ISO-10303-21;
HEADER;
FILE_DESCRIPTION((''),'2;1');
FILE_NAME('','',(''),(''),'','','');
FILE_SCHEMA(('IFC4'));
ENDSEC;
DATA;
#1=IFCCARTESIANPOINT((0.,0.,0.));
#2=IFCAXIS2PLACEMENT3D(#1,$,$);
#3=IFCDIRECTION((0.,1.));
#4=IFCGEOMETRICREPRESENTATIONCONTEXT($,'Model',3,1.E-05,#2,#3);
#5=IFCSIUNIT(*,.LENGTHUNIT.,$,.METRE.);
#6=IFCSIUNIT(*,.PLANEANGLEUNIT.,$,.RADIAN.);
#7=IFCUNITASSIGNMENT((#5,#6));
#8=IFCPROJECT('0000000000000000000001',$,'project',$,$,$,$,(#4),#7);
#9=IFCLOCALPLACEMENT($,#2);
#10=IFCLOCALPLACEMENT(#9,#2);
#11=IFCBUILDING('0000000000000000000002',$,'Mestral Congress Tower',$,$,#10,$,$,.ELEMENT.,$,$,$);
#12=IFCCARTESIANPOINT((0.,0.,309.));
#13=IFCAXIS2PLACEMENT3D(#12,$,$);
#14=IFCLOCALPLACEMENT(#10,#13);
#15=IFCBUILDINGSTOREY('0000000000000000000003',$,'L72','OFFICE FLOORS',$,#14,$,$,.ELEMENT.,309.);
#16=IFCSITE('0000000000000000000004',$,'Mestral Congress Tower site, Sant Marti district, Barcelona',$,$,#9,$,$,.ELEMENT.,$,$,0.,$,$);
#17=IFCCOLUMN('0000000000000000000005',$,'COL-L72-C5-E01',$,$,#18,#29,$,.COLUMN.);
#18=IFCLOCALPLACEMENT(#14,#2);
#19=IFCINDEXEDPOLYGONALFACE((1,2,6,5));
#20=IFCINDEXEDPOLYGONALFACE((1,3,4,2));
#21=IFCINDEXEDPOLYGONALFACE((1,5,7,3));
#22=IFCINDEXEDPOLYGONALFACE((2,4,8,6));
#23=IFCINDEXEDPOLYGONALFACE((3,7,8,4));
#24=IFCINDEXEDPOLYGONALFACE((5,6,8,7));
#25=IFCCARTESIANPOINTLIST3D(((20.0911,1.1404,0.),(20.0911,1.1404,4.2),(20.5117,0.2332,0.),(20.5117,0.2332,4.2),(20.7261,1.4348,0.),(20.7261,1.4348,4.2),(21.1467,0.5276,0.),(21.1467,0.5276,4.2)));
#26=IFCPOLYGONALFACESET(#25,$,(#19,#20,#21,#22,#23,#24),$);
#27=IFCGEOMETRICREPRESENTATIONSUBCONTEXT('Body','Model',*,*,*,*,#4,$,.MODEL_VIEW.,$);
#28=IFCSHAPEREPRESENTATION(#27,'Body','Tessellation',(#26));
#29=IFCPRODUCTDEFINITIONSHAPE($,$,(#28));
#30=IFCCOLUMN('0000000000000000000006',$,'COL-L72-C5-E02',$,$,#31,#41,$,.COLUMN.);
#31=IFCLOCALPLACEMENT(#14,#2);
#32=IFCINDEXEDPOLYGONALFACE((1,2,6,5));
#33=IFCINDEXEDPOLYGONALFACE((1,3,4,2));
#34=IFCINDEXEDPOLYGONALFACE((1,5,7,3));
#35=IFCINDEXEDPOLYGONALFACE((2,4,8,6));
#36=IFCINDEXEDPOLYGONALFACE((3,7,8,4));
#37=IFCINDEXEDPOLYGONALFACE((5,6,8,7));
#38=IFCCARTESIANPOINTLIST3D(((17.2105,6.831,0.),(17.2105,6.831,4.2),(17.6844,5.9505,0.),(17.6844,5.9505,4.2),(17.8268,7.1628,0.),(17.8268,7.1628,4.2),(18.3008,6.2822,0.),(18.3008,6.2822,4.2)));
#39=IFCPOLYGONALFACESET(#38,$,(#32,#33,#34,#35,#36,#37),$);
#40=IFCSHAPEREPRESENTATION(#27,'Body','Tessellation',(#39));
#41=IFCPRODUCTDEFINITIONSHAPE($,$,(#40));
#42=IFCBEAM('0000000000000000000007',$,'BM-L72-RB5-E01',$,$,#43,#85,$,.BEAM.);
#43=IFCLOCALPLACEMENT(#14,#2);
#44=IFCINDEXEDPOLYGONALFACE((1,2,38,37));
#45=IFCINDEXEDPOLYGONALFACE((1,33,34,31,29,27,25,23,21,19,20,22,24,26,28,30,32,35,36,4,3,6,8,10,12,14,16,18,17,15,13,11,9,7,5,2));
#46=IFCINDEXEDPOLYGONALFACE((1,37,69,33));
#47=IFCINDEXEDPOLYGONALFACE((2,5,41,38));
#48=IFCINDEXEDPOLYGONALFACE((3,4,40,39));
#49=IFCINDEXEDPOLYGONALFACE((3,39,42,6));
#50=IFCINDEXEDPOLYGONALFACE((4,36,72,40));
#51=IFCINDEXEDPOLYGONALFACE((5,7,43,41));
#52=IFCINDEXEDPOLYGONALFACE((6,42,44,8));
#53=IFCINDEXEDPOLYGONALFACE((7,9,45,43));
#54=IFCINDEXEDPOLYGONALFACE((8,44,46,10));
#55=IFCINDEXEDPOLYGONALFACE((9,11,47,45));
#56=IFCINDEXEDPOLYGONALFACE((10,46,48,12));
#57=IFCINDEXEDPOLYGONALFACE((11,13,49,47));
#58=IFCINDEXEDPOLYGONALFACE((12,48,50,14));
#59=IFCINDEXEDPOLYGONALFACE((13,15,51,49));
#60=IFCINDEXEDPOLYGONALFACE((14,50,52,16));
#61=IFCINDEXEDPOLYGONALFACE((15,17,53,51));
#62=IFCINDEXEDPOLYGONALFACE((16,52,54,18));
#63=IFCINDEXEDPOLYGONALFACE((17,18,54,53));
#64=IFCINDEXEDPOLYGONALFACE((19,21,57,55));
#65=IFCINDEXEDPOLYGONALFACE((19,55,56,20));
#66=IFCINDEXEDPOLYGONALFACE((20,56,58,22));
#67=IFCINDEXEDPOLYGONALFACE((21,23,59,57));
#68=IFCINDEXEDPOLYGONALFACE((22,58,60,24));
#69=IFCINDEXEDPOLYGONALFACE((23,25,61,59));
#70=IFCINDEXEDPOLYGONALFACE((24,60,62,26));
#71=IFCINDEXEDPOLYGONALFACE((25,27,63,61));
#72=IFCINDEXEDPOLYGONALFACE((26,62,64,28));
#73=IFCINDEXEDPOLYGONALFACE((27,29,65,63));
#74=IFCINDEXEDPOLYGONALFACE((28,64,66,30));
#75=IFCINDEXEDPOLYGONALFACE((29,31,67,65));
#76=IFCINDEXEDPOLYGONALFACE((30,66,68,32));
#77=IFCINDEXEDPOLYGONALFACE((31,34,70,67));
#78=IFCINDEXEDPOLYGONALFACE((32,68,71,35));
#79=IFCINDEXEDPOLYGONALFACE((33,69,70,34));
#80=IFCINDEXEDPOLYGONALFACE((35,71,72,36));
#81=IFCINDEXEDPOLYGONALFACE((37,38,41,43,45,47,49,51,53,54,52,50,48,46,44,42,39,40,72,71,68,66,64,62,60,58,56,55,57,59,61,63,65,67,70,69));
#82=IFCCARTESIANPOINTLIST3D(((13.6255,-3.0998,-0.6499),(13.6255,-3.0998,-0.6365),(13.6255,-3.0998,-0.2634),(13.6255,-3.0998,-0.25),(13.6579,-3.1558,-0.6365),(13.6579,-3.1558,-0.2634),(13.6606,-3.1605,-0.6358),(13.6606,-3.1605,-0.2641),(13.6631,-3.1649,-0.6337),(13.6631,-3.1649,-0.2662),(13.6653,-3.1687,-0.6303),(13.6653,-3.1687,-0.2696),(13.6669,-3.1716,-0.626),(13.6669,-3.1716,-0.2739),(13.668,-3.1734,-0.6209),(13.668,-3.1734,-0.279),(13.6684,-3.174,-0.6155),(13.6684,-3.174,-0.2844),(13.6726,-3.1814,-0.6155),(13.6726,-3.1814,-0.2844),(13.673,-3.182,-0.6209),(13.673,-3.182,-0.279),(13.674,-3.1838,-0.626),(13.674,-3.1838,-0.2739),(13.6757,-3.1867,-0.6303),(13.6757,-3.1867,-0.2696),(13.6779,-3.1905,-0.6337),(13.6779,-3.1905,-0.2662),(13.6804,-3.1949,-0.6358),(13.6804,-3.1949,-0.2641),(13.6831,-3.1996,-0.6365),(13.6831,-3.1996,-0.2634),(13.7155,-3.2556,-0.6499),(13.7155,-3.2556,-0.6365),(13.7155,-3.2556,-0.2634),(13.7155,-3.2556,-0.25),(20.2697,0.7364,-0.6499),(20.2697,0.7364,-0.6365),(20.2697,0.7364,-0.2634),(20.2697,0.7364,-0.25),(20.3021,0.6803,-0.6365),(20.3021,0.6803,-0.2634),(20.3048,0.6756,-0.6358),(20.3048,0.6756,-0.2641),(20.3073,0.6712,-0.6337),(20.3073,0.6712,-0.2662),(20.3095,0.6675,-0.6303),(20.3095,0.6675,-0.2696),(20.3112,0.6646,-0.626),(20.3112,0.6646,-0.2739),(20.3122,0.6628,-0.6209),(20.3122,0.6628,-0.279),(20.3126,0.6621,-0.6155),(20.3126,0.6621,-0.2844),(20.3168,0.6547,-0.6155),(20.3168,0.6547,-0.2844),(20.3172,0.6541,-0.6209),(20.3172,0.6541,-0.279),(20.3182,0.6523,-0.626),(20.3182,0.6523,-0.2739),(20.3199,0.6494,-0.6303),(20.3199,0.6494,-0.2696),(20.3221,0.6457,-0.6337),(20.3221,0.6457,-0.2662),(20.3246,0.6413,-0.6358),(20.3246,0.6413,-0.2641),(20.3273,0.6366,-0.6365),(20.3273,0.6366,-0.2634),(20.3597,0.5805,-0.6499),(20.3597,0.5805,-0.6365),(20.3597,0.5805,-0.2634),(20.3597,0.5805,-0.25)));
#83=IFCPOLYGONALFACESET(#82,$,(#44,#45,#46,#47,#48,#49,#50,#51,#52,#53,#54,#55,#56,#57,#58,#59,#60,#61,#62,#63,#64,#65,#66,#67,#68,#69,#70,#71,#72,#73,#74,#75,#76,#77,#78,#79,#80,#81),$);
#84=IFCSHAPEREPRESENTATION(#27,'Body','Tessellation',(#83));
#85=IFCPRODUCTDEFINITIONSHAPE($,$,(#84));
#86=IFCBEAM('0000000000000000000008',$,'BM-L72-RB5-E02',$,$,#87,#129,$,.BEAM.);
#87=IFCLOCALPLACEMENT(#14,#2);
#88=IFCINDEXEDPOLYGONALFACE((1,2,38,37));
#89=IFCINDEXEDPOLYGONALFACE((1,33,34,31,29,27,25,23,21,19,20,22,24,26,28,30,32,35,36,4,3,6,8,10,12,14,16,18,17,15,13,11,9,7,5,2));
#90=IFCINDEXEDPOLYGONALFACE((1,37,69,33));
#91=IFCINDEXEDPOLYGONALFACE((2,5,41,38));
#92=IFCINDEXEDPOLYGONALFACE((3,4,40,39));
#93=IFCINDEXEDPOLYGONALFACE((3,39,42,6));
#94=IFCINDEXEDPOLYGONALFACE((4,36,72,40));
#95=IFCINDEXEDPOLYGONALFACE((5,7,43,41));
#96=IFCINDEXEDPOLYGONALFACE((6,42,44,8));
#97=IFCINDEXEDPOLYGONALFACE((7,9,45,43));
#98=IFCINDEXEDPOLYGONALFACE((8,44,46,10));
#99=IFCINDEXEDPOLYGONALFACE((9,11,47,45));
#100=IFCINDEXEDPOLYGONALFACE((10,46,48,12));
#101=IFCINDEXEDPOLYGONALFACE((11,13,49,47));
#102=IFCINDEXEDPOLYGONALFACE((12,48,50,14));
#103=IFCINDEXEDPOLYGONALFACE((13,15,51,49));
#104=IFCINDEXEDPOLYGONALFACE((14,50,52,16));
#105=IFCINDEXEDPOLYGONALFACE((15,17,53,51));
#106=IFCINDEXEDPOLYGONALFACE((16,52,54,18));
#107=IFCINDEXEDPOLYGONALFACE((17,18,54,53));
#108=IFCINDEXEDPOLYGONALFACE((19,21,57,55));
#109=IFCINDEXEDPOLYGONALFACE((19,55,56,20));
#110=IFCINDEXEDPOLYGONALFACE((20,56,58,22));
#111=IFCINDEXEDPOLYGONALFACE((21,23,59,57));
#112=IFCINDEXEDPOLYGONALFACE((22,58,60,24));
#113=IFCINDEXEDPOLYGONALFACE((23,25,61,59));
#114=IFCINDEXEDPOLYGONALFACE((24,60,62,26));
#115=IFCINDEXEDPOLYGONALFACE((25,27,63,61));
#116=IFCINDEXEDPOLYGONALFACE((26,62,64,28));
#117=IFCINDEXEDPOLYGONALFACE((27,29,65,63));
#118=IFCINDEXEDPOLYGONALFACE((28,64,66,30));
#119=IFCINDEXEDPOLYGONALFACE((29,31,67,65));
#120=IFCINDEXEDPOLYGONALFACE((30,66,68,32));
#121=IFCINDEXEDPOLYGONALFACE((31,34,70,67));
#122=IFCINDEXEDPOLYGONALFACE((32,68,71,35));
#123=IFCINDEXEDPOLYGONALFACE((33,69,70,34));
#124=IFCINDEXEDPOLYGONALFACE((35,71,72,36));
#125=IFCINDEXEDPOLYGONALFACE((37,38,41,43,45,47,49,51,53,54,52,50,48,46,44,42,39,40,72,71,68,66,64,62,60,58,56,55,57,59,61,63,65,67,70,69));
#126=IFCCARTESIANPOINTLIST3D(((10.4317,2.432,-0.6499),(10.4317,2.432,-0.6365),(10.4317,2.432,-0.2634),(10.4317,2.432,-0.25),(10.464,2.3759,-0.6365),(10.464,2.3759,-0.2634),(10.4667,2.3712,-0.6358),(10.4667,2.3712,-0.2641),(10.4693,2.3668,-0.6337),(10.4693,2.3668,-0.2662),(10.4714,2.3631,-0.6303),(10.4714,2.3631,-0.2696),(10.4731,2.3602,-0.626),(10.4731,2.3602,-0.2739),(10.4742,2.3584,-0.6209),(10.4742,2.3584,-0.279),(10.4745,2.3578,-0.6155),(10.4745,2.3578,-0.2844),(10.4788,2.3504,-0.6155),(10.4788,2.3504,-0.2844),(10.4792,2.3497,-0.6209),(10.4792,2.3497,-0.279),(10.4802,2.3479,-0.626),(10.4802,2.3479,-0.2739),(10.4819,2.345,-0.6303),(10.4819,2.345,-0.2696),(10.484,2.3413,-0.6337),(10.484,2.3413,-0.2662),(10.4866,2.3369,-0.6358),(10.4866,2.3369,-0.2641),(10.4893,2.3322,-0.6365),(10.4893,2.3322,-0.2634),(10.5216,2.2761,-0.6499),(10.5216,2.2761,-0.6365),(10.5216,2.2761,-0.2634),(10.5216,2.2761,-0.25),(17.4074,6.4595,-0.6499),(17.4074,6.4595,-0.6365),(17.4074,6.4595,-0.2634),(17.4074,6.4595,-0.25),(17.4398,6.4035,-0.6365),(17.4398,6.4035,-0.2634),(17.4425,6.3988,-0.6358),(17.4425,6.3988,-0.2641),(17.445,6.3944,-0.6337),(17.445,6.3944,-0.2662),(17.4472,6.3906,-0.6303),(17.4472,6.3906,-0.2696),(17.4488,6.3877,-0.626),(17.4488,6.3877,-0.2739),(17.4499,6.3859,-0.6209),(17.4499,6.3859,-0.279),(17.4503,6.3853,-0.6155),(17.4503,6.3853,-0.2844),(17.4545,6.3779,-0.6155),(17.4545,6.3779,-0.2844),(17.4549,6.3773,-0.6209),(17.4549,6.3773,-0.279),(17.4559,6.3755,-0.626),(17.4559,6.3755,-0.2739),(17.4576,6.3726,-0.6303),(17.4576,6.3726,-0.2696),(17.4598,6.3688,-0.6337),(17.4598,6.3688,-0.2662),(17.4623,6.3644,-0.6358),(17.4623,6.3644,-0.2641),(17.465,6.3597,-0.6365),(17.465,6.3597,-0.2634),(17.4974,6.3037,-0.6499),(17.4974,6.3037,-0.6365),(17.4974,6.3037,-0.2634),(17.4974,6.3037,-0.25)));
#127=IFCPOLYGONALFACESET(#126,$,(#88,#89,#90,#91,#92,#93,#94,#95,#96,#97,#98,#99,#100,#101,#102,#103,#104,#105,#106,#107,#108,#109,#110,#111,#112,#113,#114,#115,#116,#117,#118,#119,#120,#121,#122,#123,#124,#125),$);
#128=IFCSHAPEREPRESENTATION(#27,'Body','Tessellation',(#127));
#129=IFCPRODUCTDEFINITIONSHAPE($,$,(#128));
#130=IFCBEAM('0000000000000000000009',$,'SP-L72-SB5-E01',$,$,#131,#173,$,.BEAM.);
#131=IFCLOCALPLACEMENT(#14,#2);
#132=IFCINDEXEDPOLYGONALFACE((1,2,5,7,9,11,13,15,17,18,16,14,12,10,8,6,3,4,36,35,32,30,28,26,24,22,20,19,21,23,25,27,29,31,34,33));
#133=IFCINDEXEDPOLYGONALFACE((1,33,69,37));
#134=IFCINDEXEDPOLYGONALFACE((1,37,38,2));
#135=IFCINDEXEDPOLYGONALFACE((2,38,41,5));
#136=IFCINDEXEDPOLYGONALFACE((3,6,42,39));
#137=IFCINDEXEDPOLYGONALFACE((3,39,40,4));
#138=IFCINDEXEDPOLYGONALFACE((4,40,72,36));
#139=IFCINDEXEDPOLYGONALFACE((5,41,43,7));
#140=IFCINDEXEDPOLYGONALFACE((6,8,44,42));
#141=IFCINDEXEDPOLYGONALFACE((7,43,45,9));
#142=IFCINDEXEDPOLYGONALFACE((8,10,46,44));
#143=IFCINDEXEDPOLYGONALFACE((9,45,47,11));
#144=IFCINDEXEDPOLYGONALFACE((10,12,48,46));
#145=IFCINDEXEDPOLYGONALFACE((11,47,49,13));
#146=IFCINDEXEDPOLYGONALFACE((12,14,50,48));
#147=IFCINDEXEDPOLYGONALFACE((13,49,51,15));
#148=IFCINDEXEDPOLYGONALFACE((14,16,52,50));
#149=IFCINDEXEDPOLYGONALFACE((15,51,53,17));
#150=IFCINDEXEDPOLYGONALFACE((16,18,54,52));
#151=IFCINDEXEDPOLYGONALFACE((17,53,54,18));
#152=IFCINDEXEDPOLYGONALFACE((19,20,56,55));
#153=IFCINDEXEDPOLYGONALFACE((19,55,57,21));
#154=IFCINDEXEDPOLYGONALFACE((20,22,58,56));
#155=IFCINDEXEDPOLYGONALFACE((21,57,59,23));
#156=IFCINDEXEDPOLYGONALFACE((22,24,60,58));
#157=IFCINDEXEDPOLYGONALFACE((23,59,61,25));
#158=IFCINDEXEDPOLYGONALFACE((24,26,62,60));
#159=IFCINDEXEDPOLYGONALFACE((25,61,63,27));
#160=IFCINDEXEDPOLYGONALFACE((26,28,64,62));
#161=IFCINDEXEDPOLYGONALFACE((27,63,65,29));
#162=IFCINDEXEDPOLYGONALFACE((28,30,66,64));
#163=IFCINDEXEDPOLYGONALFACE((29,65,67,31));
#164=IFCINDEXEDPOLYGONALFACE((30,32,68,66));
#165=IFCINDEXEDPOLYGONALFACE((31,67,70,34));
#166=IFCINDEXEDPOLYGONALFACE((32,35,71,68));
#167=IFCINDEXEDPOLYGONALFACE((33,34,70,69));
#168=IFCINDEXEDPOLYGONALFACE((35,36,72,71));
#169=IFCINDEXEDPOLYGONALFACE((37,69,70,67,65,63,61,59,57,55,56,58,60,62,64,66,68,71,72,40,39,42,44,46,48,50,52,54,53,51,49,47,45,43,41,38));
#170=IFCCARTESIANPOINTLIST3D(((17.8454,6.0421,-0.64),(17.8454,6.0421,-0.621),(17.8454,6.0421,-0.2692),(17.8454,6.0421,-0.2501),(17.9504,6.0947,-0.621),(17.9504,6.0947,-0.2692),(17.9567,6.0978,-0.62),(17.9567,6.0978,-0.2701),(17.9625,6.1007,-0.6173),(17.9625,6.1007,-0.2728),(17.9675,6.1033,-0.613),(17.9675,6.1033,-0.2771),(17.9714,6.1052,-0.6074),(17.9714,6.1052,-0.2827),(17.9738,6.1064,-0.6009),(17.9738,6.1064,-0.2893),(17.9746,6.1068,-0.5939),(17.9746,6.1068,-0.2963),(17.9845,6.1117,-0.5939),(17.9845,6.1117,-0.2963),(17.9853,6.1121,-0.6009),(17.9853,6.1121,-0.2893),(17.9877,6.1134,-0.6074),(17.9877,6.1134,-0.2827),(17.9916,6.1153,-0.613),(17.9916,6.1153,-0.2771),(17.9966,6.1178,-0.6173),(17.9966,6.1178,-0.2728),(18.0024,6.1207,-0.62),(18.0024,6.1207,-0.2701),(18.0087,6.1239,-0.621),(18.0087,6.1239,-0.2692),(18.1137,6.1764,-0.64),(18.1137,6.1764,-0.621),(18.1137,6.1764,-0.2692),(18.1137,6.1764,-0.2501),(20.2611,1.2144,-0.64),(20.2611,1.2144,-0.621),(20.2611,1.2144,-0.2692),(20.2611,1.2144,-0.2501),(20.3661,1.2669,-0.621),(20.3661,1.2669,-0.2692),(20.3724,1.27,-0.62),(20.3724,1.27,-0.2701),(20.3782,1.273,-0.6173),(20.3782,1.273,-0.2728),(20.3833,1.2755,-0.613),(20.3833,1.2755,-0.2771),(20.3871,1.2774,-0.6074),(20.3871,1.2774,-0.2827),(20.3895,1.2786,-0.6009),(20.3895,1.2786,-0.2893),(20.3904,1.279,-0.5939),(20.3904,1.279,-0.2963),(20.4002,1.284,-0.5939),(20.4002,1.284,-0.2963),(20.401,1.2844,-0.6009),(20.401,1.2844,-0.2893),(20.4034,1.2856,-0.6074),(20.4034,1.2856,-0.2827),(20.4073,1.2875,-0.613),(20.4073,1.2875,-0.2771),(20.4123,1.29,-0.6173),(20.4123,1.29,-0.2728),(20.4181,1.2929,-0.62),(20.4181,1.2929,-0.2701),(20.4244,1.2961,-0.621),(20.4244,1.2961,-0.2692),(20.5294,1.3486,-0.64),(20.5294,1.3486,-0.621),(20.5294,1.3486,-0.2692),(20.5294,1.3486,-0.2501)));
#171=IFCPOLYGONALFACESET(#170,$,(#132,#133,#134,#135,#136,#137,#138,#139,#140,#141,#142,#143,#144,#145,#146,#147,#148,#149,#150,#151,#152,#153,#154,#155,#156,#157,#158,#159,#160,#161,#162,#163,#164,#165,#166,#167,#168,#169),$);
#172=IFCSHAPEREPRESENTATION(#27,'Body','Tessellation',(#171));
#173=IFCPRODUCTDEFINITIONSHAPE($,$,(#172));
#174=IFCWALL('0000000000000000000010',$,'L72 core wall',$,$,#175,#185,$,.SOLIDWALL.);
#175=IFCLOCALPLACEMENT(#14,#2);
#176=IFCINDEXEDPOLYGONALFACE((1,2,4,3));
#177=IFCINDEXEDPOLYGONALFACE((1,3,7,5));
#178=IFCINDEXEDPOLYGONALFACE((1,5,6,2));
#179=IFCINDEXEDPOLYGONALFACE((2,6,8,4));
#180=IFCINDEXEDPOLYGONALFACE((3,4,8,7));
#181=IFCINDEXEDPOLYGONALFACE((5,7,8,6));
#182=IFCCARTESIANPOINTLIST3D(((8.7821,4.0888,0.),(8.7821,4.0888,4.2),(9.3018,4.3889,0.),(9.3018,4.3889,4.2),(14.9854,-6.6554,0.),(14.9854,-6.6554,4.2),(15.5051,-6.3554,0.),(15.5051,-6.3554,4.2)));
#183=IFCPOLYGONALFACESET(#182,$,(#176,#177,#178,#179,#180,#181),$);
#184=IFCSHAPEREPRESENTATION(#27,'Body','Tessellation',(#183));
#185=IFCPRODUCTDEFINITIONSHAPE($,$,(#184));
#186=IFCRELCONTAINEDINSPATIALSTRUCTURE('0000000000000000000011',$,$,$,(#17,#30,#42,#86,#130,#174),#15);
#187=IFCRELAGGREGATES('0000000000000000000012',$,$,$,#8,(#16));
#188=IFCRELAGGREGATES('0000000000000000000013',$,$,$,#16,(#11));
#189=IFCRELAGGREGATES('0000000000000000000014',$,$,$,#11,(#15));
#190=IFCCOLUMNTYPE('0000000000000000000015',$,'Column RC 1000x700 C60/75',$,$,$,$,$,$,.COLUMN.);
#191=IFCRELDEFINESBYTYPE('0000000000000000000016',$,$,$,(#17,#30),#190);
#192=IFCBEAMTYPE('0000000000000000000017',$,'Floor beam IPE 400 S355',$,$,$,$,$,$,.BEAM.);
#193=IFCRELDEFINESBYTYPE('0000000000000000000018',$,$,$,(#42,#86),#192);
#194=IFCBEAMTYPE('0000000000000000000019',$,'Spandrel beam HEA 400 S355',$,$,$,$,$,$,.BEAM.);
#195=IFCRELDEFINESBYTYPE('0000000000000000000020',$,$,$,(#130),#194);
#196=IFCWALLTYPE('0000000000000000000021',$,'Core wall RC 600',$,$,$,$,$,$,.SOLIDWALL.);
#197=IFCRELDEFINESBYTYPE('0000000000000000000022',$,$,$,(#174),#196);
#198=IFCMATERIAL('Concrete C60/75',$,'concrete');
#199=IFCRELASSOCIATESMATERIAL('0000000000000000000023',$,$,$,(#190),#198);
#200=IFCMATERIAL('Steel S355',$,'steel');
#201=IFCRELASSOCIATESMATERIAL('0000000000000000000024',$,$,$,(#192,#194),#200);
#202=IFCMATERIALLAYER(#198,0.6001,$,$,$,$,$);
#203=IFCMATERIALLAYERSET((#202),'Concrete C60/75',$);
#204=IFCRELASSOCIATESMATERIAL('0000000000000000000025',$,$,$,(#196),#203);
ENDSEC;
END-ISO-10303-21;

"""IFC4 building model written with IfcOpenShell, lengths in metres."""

from ifc_helpers import new_model, si_unit, direction, frame, frame_2d, origin, origin_2d, place, context, subcontext, project, spatial, rectangle, i_section, extrude, material, layer, layer_set, material_profile, profile_set, type_object, element, save


model = new_model("IFC4")

# Units and contexts
model_context = context("Model", 3, precision=1e-05, world=origin(), true_north=direction((0.0, 1.0)))
body_context = subcontext(model_context, "Body", "Model", "MODEL_VIEW")
ifc_project = project(units=[si_unit("LENGTHUNIT", "METRE"), si_unit("PLANEANGLEUNIT", "RADIAN")], contexts=[model_context])

# Site, building, storey
site_placement = place(None, origin())
site = spatial("IfcSite", under=ifc_project, at=site_placement, Name="Mestral Congress Tower site, Sant Marti district, Barcelona", CompositionType="ELEMENT", RefElevation=0.0)
building_placement = place(site_placement, origin())
building = spatial("IfcBuilding", under=site, at=building_placement, Name="Mestral Congress Tower", CompositionType="ELEMENT")
storey_placement = place(building_placement, frame((0.0, 0.0, 309.0)))
storey = spatial("IfcBuildingStorey", under=building, at=storey_placement, Name="L72", Description="OFFICE FLOORS", CompositionType="ELEMENT", Elevation=309.0)

# Columns
ifc_material_1 = material(Name="Concrete C60/75", Category="concrete")
ifc_material_profile_1 = material_profile(ifc_material_1, rectangle(XDim=1.0, YDim=0.7, at=origin_2d()), Name="RC 1000x700")
ifc_profile_set_1 = profile_set([ifc_material_profile_1], Name="Concrete C60/75")
column_type = type_object("IfcColumnType", Name="Column RC 1000x700 C60/75", PredefinedType="COLUMN", material=ifc_profile_set_1)
for number, where, z_axis, x_axis, name in (
    (1, (20.6189, 0.834, 0.0), (0.0, 0.0, 1.0), (-0.420596, 0.907248, 0.0), "COL-L72-C5-E01"),
    (2, (17.7556, 6.5566, 0.0), (0.0, 0.0, 1.0), (-0.473945, 0.880554, 0.0), "COL-L72-C5-E02"),
):
    element("IfcColumn", number, at=place(storey_placement, frame(where, z_axis=z_axis, x_axis=x_axis)), inside=storey, type_object=column_type, Name=name, PredefinedType="COLUMN", context=body_context, shape_type="SweptSolid", body=[
        extrude(rectangle(XDim=1.0, YDim=0.7, at=origin_2d()), origin(), (0.0, 0.0, 1.0), 4.2),
    ])

# Beams
ifc_material_2 = material(Name="Steel S355", Category="steel")
ifc_material_profile_2 = material_profile(ifc_material_2, i_section(OverallWidth=0.1799, OverallDepth=0.3999, WebThickness=0.0085, FlangeThickness=0.0134, FilletRadius=0.021, at=origin_2d()), Name="IPE 400")
ifc_profile_set_2 = profile_set([ifc_material_profile_2], Name="Steel S355")
beam_type_1 = type_object("IfcBeamType", Name="Floor beam IPE 400 S355", PredefinedType="BEAM", material=ifc_profile_set_2)
beam_1_placement = place(storey_placement, frame((20.3147, 0.6584, -0.45), z_axis=(-0.86602, -0.50001, 0.0), x_axis=(0.50001, -0.86602, 0.0)))
element("IfcBeam", 3, at=beam_1_placement, inside=storey, type_object=beam_type_1, Name="BM-L72-RB5-E01", PredefinedType="BEAM", context=body_context, shape_type="SweptSolid", body=[
    extrude(i_section(OverallWidth=0.1799, OverallDepth=0.3999, WebThickness=0.0085, FlangeThickness=0.0134, FilletRadius=0.021, at=origin_2d()), origin(), (0.0, 0.0, 1.0), 7.6721),
])
beam_2_placement = place(storey_placement, frame((17.4524, 6.3816, -0.45), z_axis=(-0.866021, -0.500008, 0.0), x_axis=(0.500008, -0.866021, 0.0)))
element("IfcBeam", 4, at=beam_2_placement, inside=storey, type_object=beam_type_1, Name="BM-L72-RB5-E02", PredefinedType="BEAM", context=body_context, shape_type="SweptSolid", body=[
    extrude(i_section(OverallWidth=0.1799, OverallDepth=0.3999, WebThickness=0.0085, FlangeThickness=0.0134, FilletRadius=0.021, at=origin_2d()), origin(), (0.0, 0.0, 1.0), 8.0549),
])
ifc_material_profile_3 = material_profile(ifc_material_2, i_section(OverallWidth=0.3, OverallDepth=0.3899, WebThickness=0.011, FlangeThickness=0.019, FilletRadius=0.0271, at=origin_2d()), Name="HEA 400")
ifc_profile_set_3 = profile_set([ifc_material_profile_3], Name="Steel S355")
beam_type_2 = type_object("IfcBeamType", Name="Spandrel beam HEA 400 S355", PredefinedType="BEAM", material=ifc_profile_set_3)
beam_3_placement = place(storey_placement, frame((20.3953, 1.2815, -0.4451), z_axis=(-0.447485, 0.894291, 0.0), x_axis=(-0.894291, -0.447485, 0.0)))
element("IfcBeam", 5, at=beam_3_placement, inside=storey, type_object=beam_type_2, Name="SP-L72-SB5-E01", PredefinedType="BEAM", context=body_context, shape_type="SweptSolid", body=[
    extrude(i_section(OverallWidth=0.3, OverallDepth=0.3899, WebThickness=0.011, FlangeThickness=0.019, FilletRadius=0.0271, at=origin_2d()), origin(), (0.0, 0.0, 1.0), 5.3984),
])

# Wall
ifc_layer_1 = layer(ifc_material_1, 0.6001)
ifc_layer_set_1 = layer_set([ifc_layer_1], Name="Concrete C60/75")
wall_type_1 = type_object("IfcWallType", Name="Core wall RC 600", PredefinedType="SOLIDWALL", material=ifc_layer_set_1)
wall_1_placement = place(storey_placement, frame((9.042, 4.2388, 0.0), z_axis=(0.0, 0.0, 1.0), x_axis=(0.500006, -0.866022, 0.0)))
element("IfcWall", 6, at=wall_1_placement, inside=storey, type_object=wall_type_1, Name="L72 core wall", PredefinedType="SOLIDWALL", context=body_context, shape_type="SweptSolid", body=[
    extrude(rectangle(XDim=12.4065, YDim=0.6001, at=frame_2d((6.2031, 0.0))), origin(), (0.0, 0.0, 1.0), 4.2),
])

save(model, "model.ifc")
